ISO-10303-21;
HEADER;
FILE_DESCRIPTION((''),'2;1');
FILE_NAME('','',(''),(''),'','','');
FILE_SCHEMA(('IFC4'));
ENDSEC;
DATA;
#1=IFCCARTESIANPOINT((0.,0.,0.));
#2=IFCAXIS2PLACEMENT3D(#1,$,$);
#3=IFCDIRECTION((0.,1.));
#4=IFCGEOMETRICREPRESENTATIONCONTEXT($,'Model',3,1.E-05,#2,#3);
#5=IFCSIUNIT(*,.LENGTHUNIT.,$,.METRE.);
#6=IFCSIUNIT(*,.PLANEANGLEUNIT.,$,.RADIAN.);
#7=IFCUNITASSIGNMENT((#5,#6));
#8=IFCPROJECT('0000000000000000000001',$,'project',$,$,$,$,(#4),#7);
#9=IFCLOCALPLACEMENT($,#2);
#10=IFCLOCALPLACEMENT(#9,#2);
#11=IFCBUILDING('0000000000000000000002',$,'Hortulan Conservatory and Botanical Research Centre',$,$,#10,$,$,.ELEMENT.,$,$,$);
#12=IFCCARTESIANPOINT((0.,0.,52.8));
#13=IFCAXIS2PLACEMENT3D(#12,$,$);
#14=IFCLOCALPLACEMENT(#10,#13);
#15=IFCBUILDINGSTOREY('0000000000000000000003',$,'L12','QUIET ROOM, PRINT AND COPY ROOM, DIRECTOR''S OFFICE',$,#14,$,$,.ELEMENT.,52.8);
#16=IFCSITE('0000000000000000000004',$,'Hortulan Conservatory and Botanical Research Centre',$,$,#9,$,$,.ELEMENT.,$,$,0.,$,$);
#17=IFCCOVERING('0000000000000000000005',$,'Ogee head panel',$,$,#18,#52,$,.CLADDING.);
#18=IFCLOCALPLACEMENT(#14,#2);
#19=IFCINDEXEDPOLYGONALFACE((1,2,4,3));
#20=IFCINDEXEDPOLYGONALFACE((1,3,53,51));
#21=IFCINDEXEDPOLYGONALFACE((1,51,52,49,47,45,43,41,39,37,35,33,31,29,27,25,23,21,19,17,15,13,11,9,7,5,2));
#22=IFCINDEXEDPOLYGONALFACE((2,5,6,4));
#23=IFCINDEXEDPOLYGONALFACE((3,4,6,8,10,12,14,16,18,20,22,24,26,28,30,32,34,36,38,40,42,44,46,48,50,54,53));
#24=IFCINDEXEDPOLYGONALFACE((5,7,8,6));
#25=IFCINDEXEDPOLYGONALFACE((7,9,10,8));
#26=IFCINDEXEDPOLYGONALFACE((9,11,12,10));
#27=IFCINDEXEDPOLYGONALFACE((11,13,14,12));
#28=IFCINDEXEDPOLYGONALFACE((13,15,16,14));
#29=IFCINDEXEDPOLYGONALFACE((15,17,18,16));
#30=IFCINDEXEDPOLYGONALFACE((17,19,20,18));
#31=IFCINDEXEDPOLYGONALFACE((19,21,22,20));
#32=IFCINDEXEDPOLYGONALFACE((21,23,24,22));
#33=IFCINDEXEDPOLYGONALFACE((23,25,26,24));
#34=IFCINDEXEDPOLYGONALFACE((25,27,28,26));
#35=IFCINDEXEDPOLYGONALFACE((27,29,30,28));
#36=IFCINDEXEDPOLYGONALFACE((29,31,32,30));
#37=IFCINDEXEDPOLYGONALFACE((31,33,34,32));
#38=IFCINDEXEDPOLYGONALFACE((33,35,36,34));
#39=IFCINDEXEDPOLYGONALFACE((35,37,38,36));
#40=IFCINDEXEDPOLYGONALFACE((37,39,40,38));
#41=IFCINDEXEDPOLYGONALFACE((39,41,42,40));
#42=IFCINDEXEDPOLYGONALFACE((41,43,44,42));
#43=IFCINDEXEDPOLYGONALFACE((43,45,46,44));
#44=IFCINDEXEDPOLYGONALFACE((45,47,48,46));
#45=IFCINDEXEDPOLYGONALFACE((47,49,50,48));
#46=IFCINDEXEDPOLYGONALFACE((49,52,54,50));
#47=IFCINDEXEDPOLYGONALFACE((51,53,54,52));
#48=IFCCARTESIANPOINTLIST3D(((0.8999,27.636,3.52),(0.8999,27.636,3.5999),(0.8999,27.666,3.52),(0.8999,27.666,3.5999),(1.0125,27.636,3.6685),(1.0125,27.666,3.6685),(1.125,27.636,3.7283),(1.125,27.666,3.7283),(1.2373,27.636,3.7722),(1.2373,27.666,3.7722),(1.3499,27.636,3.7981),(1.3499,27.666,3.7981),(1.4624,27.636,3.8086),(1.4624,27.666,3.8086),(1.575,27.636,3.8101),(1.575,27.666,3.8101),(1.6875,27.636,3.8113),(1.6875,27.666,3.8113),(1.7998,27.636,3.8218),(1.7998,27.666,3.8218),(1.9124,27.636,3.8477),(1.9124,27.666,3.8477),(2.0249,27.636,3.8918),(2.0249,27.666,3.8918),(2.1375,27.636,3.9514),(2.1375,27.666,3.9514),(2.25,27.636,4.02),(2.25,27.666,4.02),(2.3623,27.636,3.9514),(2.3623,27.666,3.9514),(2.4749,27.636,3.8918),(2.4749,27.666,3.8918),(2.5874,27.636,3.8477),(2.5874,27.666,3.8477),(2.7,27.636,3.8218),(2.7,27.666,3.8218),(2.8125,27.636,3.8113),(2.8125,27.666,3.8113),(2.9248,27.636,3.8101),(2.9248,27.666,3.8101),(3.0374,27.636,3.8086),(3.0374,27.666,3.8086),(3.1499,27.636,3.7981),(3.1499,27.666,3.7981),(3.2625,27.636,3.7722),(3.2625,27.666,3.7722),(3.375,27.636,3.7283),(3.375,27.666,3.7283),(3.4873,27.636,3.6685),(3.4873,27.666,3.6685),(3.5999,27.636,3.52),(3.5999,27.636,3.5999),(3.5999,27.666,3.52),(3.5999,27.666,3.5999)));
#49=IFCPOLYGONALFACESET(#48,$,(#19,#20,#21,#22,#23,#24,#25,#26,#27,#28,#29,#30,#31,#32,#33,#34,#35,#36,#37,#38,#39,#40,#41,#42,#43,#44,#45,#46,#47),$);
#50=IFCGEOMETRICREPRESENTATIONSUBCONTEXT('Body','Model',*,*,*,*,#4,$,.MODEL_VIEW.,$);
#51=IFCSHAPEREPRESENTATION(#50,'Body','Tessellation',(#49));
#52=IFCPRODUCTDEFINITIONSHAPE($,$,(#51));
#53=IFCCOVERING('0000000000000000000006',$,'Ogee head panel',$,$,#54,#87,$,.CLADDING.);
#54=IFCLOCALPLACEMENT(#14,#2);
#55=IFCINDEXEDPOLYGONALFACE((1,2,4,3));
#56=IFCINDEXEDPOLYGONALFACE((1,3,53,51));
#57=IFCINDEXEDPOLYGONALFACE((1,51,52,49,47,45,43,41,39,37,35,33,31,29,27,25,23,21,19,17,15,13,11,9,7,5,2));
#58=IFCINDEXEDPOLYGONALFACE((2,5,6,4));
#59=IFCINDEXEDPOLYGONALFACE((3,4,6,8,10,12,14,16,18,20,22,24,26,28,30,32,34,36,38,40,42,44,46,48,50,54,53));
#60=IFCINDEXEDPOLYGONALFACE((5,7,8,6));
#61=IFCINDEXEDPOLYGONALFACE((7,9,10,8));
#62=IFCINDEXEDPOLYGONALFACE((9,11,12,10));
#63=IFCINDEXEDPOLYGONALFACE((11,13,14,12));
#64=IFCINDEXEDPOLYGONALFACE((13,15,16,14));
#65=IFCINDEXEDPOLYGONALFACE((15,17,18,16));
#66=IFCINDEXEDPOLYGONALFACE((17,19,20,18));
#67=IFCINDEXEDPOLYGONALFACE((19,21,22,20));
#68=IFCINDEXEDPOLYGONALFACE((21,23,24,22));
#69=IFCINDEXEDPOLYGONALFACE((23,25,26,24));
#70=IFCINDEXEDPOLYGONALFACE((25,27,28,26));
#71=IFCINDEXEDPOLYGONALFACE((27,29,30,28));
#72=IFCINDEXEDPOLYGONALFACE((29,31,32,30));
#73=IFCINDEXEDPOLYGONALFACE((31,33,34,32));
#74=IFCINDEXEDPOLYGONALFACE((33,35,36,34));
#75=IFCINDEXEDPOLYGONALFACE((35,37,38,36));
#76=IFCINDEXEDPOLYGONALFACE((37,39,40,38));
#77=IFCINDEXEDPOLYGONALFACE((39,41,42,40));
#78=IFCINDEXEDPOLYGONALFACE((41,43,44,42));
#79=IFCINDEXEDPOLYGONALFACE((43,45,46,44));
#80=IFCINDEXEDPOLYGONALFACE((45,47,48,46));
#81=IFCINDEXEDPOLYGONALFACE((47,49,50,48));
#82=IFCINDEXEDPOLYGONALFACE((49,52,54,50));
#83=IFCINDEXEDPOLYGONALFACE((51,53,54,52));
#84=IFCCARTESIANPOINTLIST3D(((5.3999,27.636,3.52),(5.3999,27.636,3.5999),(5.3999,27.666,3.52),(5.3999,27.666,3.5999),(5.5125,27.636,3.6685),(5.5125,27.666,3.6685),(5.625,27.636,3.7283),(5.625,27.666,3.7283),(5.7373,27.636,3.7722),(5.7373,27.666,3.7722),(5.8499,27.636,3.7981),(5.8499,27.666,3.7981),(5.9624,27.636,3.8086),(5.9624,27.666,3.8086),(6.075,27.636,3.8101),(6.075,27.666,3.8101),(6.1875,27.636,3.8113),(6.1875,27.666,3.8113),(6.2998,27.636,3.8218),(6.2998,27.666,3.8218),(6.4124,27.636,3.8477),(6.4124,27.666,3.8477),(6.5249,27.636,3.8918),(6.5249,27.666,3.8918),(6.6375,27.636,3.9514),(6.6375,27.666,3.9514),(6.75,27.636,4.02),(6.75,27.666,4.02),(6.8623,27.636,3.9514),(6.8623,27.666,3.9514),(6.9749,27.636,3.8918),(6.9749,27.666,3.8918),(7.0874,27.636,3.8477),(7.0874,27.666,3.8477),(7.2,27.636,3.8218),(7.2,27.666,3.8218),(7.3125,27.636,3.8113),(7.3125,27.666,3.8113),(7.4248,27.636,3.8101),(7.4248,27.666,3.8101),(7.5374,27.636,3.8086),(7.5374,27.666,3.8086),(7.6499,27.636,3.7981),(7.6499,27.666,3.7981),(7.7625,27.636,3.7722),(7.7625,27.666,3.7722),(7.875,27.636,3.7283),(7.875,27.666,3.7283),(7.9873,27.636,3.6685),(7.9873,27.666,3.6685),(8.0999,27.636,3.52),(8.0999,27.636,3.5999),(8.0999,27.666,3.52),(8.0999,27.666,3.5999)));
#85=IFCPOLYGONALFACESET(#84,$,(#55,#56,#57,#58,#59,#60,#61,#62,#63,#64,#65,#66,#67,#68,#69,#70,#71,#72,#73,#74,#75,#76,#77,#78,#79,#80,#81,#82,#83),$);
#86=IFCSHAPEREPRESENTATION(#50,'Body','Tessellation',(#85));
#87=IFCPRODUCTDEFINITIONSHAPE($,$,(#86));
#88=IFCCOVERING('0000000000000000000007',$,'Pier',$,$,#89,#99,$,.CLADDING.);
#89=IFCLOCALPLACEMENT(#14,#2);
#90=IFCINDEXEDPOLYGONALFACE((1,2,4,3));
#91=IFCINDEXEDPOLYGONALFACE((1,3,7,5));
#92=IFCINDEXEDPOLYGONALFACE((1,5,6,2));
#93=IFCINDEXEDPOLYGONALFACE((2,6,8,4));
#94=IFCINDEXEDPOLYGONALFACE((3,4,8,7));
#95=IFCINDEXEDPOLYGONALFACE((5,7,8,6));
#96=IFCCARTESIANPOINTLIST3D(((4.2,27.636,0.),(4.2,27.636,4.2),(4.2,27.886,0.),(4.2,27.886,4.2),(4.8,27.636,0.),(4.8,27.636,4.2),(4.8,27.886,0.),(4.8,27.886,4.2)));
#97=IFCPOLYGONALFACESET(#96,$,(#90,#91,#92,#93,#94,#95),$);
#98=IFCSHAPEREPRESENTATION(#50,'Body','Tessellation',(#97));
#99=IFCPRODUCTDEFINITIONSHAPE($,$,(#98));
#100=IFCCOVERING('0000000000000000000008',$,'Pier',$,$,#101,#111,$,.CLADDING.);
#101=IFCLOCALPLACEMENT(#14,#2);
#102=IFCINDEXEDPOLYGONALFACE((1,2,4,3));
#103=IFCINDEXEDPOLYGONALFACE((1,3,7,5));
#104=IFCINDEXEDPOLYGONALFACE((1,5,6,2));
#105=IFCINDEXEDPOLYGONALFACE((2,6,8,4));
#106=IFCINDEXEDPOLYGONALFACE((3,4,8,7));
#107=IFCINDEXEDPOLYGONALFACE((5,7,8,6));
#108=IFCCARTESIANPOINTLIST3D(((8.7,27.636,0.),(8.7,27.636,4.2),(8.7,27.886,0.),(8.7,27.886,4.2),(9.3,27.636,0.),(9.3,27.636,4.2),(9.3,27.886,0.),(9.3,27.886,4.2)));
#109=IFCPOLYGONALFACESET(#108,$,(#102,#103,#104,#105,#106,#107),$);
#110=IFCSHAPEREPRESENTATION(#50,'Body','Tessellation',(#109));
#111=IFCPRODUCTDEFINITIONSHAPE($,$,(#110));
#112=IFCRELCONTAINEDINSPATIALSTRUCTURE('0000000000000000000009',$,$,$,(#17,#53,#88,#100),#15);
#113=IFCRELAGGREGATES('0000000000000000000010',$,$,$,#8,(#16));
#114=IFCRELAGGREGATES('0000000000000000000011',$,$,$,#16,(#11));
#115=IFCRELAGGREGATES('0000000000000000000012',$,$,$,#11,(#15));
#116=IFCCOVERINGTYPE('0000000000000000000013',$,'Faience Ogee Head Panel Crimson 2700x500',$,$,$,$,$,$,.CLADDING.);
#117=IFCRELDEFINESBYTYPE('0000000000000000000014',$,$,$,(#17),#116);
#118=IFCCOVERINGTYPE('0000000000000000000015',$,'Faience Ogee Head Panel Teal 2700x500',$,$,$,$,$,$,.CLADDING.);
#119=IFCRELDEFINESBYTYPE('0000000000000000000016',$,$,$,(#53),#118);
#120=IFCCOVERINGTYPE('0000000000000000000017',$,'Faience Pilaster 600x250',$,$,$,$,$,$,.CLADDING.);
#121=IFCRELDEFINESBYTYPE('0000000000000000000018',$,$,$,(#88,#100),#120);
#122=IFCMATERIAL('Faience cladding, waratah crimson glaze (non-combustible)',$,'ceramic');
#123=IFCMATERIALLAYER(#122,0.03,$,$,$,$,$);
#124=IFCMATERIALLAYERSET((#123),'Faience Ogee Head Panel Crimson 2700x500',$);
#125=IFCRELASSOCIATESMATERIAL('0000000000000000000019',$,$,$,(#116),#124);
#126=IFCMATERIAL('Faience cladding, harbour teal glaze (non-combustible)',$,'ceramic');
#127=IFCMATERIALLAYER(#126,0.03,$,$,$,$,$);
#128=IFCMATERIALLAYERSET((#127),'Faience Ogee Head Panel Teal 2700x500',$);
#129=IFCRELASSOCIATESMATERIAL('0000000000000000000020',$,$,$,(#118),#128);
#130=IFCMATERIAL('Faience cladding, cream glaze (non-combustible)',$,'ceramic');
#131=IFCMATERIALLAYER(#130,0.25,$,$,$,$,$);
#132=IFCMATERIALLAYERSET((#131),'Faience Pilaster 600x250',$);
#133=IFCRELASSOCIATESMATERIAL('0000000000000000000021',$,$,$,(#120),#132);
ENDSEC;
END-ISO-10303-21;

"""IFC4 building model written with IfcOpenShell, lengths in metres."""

from ifc_helpers import new_model, si_unit, direction, frame, origin, origin_2d, place, context, subcontext, project, spatial, polyline, rectangle, outline, extrude, material, layer, layer_set, type_object, element, save


model = new_model("IFC4")

# Units and contexts
model_context = context("Model", 3, precision=1e-05, world=origin(), true_north=direction((0.0, 1.0)))
body_context = subcontext(model_context, "Body", "Model", "MODEL_VIEW")
ifc_project = project(units=[si_unit("LENGTHUNIT", "METRE"), si_unit("PLANEANGLEUNIT", "RADIAN")], contexts=[model_context])

# Site, building, storey
site_placement = place(None, origin())
site = spatial("IfcSite", under=ifc_project, at=site_placement, Name="Hortulan Conservatory and Botanical Research Centre", CompositionType="ELEMENT", RefElevation=0.0)
building_placement = place(site_placement, origin())
building = spatial("IfcBuilding", under=site, at=building_placement, Name="Hortulan Conservatory and Botanical Research Centre", CompositionType="ELEMENT")
storey_placement = place(building_placement, frame((0.0, 0.0, 52.8)))
storey = spatial("IfcBuildingStorey", under=building, at=storey_placement, Name="L12", Description="QUIET ROOM, PRINT AND COPY ROOM, DIRECTOR'S OFFICE", CompositionType="ELEMENT", Elevation=52.8)

# Coverings
ifc_material_1 = material(Name="Faience cladding, waratah crimson glaze (non-combustible)", Category="ceramic")
ifc_layer_1 = layer(ifc_material_1, 0.03)
ifc_layer_set_1 = layer_set([ifc_layer_1], Name="Faience Ogee Head Panel Crimson 2700x500")
covering_type_1 = type_object("IfcCoveringType", Name="Faience Ogee Head Panel Crimson 2700x500", PredefinedType="CLADDING", material=ifc_layer_set_1)
covering_1_placement = place(storey_placement, frame((0.8999, 27.6509, 3.52), z_axis=(0.0, 0.0, 1.0), x_axis=(1.0, 0.0, 0.0)))
element("IfcCovering", 1, at=covering_1_placement, inside=storey, type_object=covering_type_1, Name="Ogee head panel", PredefinedType="CLADDING", context=body_context, shape_type="SweptSolid", body=[
    extrude(outline(polyline([(0.0, 0.0), (2.7, 0.0), (2.7, 0.0798), (2.5874, 0.1484), (2.4751, 0.2083), (2.3625, 0.2522), (2.25, 0.2781), (2.1375, 0.2886), (2.0249, 0.29), (1.9126, 0.2913), (1.8, 0.3018), (1.6875, 0.3276), (1.575, 0.3718), (1.4624, 0.4314), (1.3501, 0.5), (1.2375, 0.4314), (1.125, 0.3718), (1.0125, 0.3276), (0.8999, 0.3018), (0.7876, 0.2913), (0.675, 0.29), (0.5625, 0.2886), (0.45, 0.2781), (0.3374, 0.2522), (0.2251, 0.2083), (0.1125, 0.1484), (0.0, 0.0798), (0.0, 0.0)])), frame((0.0, 0.0151, 0.0), z_axis=(0.0, -1.0, 0.0), x_axis=(1.0, 0.0, 0.0)), (0.0, 0.0, 1.0), 0.03),
])
ifc_material_2 = material(Name="Faience cladding, harbour teal glaze (non-combustible)", Category="ceramic")
ifc_layer_2 = layer(ifc_material_2, 0.03)
ifc_layer_set_2 = layer_set([ifc_layer_2], Name="Faience Ogee Head Panel Teal 2700x500")
covering_type_2 = type_object("IfcCoveringType", Name="Faience Ogee Head Panel Teal 2700x500", PredefinedType="CLADDING", material=ifc_layer_set_2)
covering_2_placement = place(storey_placement, frame((5.3999, 27.6509, 3.52), z_axis=(0.0, 0.0, 1.0), x_axis=(1.0, 0.0, 0.0)))
element("IfcCovering", 2, at=covering_2_placement, inside=storey, type_object=covering_type_2, Name="Ogee head panel", PredefinedType="CLADDING", context=body_context, shape_type="SweptSolid", body=[
    extrude(outline(polyline([(0.0, 0.0), (2.7, 0.0), (2.7, 0.0798), (2.5874, 0.1484), (2.4751, 0.2083), (2.3625, 0.2522), (2.25, 0.2781), (2.1375, 0.2886), (2.0249, 0.29), (1.9126, 0.2913), (1.8, 0.3018), (1.6875, 0.3276), (1.575, 0.3718), (1.4624, 0.4314), (1.3501, 0.5), (1.2375, 0.4314), (1.125, 0.3718), (1.0125, 0.3276), (0.8999, 0.3018), (0.7876, 0.2913), (0.675, 0.29), (0.5625, 0.2886), (0.45, 0.2781), (0.3374, 0.2522), (0.2251, 0.2083), (0.1125, 0.1484), (0.0, 0.0798), (0.0, 0.0)])), frame((0.0, 0.0151, 0.0), z_axis=(0.0, -1.0, 0.0), x_axis=(1.0, 0.0, 0.0)), (0.0, 0.0, 1.0), 0.03),
])
ifc_material_3 = material(Name="Faience cladding, cream glaze (non-combustible)", Category="ceramic")
ifc_layer_3 = layer(ifc_material_3, 0.25)
ifc_layer_set_3 = layer_set([ifc_layer_3], Name="Faience Pilaster 600x250")
covering_type_3 = type_object("IfcCoveringType", Name="Faience Pilaster 600x250", PredefinedType="CLADDING", material=ifc_layer_set_3)
for number, where, z_axis, x_axis, name in (
    (3, (4.5, 27.761, 0.0), (0.0, 0.0, 1.0), (1.0, 0.0, 0.0), "Pier"),
    (4, (9.0, 27.761, 0.0), (0.0, 0.0, 1.0), (1.0, 0.0, 0.0), "Pier"),
):
    element("IfcCovering", number, at=place(storey_placement, frame(where, z_axis=z_axis, x_axis=x_axis)), inside=storey, type_object=covering_type_3, Name=name, PredefinedType="CLADDING", context=body_context, shape_type="SweptSolid", body=[
        extrude(rectangle(XDim=0.6001, YDim=0.25, at=origin_2d()), origin(), (0.0, 0.0, 1.0), 4.2),
    ])

save(model, "model.ifc")
